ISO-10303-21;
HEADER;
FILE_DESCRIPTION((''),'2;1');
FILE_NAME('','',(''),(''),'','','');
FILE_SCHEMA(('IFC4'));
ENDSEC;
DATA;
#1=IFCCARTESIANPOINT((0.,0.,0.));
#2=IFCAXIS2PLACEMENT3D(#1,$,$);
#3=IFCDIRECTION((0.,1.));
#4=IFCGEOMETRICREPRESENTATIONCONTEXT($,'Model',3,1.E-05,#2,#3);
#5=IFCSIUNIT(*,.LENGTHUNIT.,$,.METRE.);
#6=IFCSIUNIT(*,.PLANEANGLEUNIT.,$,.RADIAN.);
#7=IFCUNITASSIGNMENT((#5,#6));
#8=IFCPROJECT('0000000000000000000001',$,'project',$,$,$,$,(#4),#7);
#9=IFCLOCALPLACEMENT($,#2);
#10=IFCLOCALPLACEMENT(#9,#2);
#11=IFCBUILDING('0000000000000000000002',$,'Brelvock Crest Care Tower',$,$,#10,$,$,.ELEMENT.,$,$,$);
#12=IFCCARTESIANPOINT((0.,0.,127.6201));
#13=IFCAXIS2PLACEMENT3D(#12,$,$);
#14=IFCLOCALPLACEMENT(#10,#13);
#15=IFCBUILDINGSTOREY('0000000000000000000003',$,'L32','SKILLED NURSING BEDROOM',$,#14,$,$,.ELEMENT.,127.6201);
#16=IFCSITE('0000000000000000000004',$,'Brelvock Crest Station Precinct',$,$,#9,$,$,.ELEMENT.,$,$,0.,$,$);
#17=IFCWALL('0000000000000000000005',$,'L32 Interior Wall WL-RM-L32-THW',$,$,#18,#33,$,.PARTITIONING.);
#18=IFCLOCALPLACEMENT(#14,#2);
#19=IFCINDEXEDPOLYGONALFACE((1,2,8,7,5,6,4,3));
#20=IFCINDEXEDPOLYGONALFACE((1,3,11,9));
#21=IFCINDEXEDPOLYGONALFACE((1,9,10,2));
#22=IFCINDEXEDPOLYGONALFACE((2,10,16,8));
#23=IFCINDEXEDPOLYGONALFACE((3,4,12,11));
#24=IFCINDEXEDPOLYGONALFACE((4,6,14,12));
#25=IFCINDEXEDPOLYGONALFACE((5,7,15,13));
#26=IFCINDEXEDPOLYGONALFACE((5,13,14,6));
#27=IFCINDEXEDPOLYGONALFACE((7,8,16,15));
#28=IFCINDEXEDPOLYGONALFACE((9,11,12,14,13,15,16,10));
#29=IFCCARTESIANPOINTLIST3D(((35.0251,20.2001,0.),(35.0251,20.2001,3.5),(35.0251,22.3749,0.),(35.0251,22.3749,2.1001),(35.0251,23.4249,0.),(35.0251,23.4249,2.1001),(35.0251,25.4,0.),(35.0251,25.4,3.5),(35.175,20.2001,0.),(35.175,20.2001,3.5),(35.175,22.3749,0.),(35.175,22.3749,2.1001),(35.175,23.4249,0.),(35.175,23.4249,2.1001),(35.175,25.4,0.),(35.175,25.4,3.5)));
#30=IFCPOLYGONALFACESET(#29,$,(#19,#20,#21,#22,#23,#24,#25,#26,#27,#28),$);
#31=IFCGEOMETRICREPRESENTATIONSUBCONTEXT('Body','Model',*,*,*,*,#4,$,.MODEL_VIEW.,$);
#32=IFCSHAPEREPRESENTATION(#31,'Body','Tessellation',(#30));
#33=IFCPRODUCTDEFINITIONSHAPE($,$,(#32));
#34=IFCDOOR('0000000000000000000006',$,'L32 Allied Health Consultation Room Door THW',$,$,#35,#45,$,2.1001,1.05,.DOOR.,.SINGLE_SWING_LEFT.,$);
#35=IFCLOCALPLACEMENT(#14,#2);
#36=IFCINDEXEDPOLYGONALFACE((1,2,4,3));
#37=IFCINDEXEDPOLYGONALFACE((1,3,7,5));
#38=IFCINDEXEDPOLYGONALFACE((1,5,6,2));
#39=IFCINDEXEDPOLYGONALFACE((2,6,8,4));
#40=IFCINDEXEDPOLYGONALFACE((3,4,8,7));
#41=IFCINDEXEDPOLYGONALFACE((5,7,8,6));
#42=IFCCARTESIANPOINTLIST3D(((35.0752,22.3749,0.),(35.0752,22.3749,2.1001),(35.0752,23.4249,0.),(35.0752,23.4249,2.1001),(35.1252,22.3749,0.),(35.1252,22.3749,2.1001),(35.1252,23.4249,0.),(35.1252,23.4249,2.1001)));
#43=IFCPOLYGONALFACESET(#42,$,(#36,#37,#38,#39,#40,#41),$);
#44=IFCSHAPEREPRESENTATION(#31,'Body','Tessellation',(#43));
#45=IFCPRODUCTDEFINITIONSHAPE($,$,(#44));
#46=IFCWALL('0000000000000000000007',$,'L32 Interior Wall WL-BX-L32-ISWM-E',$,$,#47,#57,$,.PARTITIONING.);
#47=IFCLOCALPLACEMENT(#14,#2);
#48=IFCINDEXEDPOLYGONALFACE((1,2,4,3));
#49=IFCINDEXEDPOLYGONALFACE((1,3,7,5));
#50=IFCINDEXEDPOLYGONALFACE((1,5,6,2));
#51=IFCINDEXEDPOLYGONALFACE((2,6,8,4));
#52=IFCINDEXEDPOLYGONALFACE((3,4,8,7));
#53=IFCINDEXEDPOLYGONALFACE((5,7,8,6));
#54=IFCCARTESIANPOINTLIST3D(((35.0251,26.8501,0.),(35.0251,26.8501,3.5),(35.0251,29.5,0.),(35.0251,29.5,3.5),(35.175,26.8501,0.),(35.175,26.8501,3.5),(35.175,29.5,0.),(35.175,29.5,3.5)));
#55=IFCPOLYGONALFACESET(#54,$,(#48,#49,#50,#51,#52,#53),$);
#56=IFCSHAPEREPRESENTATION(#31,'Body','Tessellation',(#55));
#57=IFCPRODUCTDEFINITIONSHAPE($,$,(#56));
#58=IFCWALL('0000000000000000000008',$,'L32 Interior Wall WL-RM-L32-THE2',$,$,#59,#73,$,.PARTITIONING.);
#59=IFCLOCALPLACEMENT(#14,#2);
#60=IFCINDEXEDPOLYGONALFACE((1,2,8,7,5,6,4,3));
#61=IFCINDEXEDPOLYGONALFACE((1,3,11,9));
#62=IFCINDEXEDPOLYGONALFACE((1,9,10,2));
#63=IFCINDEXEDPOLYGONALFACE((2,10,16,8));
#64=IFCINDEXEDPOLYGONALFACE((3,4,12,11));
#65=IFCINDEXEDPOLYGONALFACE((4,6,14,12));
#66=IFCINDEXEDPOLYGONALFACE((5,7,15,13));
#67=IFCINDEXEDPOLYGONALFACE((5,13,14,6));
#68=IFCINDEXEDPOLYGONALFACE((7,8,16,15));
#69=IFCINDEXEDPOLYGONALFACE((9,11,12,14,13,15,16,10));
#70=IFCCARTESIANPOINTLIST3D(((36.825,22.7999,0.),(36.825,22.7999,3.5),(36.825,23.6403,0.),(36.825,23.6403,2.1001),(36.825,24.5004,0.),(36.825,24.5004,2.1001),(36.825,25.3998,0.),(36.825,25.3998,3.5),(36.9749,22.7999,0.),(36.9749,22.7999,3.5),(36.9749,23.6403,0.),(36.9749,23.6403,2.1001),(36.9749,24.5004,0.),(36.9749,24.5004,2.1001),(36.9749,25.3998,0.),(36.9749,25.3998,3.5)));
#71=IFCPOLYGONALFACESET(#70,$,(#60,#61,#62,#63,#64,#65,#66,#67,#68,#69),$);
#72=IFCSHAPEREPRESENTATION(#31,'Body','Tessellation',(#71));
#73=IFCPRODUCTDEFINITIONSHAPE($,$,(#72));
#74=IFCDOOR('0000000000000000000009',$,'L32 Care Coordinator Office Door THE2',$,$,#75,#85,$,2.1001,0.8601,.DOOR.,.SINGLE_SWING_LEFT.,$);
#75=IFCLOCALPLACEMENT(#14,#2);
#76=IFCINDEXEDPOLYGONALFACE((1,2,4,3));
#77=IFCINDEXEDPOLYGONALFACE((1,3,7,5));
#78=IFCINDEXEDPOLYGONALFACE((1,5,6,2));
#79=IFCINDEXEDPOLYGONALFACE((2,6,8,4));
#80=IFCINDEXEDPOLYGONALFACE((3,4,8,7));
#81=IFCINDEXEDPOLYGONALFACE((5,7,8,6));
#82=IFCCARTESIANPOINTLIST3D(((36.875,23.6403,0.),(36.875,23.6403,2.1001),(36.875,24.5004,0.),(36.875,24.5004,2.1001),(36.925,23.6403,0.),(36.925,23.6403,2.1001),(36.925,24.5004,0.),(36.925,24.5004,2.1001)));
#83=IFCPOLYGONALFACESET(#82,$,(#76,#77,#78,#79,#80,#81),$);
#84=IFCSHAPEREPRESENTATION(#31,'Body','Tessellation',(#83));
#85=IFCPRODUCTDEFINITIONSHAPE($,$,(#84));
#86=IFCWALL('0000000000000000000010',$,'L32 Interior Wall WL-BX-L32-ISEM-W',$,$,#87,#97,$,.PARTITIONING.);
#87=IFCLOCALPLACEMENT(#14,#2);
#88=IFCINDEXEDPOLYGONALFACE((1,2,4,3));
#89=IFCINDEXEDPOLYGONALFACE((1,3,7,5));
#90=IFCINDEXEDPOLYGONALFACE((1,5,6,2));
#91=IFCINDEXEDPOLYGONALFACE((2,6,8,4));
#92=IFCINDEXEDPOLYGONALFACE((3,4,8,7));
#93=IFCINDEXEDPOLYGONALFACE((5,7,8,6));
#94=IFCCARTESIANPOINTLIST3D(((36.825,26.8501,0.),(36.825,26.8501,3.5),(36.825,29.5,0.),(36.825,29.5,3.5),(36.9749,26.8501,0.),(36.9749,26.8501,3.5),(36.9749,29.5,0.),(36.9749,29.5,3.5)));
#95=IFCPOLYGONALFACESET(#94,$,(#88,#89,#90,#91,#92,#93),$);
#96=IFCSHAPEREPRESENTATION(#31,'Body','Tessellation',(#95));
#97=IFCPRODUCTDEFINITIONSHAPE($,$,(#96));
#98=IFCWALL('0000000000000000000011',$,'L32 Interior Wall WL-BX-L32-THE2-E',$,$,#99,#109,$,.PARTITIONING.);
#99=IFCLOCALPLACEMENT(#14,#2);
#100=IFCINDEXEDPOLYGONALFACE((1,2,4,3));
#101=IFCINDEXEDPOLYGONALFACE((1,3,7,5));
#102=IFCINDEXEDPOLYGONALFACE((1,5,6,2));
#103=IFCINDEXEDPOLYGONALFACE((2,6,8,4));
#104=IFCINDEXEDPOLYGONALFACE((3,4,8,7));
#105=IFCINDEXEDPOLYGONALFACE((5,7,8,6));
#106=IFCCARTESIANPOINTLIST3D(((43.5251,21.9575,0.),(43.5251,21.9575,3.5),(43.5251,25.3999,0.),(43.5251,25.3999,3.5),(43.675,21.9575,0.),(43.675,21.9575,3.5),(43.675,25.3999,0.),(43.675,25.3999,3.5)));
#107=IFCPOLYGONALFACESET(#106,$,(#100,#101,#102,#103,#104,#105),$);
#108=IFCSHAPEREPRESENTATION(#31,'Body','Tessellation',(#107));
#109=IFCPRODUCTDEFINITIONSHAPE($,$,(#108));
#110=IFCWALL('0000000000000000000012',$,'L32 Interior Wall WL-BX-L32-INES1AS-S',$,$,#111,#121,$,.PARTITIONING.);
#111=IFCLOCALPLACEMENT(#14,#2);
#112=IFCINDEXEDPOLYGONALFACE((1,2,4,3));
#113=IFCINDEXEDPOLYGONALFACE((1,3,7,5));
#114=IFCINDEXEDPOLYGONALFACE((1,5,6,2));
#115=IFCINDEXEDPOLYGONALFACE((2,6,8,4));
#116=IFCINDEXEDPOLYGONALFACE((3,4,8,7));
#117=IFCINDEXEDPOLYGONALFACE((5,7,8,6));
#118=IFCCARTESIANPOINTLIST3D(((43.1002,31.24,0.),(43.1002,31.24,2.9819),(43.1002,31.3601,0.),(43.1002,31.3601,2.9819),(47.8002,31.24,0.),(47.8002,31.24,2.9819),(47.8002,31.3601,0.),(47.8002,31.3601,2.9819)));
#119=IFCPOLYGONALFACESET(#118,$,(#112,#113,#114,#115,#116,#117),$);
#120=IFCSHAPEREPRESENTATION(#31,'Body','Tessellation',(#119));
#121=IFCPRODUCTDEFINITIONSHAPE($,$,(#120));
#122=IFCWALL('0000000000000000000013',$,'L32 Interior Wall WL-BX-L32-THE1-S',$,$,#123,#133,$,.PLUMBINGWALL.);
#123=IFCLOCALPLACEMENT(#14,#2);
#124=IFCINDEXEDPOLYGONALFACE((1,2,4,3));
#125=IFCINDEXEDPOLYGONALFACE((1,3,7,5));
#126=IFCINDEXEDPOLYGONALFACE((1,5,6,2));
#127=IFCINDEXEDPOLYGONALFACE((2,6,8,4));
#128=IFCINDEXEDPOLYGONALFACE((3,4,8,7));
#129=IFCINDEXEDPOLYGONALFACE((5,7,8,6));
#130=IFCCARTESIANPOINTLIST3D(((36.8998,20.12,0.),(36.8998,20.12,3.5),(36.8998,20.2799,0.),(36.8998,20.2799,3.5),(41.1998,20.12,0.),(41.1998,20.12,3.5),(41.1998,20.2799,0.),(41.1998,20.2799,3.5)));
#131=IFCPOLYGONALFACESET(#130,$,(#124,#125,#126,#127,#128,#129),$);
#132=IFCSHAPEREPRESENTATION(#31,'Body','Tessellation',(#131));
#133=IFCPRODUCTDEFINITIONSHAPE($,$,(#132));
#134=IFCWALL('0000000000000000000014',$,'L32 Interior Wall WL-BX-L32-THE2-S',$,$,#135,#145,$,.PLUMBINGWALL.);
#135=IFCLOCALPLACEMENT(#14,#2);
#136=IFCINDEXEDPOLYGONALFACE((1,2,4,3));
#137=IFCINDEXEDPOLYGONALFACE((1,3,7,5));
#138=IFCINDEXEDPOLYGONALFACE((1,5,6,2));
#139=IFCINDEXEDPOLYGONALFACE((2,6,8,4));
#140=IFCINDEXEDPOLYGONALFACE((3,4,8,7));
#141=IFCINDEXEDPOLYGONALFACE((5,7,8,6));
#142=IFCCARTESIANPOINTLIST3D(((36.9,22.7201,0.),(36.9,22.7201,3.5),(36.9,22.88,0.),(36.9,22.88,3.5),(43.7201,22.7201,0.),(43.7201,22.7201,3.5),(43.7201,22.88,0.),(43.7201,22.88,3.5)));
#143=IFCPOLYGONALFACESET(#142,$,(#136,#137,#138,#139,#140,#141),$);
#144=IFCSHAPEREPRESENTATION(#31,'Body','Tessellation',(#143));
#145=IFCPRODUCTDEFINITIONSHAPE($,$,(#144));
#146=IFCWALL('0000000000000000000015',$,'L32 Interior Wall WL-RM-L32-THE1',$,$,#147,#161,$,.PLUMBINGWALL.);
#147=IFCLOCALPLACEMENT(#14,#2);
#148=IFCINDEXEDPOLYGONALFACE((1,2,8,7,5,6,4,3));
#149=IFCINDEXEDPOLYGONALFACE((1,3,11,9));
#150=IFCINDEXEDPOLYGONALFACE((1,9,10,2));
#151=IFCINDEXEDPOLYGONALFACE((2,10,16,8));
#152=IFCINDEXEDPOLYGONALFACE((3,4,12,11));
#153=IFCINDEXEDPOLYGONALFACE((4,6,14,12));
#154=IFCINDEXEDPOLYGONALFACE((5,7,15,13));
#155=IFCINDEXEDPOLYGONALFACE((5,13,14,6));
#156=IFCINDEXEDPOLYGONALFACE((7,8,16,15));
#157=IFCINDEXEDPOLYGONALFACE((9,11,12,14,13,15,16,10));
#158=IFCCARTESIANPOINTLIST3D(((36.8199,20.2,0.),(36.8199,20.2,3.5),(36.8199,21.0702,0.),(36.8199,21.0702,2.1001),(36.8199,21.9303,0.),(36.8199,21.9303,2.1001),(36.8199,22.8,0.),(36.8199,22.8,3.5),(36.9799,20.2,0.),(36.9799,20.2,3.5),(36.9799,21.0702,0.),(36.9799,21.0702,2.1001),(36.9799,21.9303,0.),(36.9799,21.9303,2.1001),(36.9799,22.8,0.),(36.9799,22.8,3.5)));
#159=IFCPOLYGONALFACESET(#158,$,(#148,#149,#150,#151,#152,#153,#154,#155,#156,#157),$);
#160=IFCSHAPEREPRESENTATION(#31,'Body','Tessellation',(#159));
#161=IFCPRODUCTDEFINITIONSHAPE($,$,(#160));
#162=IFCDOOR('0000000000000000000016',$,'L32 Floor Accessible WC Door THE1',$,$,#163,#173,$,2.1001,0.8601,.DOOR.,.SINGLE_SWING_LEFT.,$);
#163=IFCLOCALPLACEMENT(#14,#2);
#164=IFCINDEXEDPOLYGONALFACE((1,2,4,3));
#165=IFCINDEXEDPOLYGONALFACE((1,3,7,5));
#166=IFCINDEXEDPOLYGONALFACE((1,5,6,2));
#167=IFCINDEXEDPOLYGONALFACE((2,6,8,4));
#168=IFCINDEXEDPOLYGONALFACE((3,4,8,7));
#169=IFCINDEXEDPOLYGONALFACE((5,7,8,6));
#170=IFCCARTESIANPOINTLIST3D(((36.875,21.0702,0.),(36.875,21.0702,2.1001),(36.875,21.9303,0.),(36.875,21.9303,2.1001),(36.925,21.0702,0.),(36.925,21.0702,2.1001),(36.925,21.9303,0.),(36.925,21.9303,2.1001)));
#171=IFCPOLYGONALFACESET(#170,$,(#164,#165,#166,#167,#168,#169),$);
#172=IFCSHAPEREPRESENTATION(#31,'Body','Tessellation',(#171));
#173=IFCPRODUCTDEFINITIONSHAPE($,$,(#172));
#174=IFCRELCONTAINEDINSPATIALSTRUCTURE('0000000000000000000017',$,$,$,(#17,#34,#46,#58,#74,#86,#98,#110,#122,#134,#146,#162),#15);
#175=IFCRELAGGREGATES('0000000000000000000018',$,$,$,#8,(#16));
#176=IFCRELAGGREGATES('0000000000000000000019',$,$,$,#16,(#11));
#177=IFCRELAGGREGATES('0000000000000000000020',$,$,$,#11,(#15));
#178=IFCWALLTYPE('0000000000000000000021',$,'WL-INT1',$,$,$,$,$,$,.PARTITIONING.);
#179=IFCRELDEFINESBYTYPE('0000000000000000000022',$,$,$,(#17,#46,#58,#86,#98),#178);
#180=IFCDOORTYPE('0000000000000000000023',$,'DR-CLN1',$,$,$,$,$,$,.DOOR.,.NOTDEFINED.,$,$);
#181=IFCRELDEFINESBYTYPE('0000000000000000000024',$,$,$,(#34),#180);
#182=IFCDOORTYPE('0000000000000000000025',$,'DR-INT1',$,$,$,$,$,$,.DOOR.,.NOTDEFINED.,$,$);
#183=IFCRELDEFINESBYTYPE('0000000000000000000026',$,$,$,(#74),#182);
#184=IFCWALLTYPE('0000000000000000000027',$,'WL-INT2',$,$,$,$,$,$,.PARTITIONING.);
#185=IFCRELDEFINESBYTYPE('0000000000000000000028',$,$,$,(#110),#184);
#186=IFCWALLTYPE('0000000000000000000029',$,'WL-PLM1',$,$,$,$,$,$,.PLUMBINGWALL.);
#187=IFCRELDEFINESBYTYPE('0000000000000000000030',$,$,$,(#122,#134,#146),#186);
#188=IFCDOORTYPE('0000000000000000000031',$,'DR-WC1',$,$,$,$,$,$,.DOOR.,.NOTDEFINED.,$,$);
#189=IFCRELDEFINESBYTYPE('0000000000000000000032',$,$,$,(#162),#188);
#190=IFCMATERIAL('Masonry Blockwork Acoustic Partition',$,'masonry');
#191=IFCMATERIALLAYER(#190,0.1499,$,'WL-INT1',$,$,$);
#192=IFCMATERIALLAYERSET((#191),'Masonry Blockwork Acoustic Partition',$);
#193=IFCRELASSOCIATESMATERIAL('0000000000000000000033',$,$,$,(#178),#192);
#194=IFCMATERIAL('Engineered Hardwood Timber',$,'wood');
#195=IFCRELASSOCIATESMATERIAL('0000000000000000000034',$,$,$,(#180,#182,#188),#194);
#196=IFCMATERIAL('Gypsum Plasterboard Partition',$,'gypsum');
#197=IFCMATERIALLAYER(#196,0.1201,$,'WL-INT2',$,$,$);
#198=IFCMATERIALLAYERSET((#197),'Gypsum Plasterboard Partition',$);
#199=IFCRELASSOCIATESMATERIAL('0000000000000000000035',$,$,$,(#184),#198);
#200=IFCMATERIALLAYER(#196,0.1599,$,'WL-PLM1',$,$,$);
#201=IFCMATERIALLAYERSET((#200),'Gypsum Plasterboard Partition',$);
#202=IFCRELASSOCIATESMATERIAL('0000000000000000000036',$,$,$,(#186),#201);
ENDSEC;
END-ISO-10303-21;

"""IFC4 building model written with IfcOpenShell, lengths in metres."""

from ifc_helpers import new_model, si_unit, direction, frame, frame_2d, origin, origin_2d, place, context, subcontext, project, spatial, rectangle, extrude, source, transform, mapped, material, layer, layer_set, type_object, element, fill, save


model = new_model("IFC4")

# Units and contexts
model_context = context("Model", 3, precision=1e-05, world=origin(), true_north=direction((0.0, 1.0)))
body_context = subcontext(model_context, "Body", "Model", "MODEL_VIEW")
ifc_project = project(units=[si_unit("LENGTHUNIT", "METRE"), si_unit("PLANEANGLEUNIT", "RADIAN")], contexts=[model_context])

# Site, building, storey
site_placement = place(None, origin())
site = spatial("IfcSite", under=ifc_project, at=site_placement, Name="Brelvock Crest Station Precinct", CompositionType="ELEMENT", RefElevation=0.0)
building_placement = place(site_placement, origin())
building = spatial("IfcBuilding", under=site, at=building_placement, Name="Brelvock Crest Care Tower", CompositionType="ELEMENT")
storey_placement = place(building_placement, frame((0.0, 0.0, 127.6201)))
storey = spatial("IfcBuildingStorey", under=building, at=storey_placement, Name="L32", Description="SKILLED NURSING BEDROOM", CompositionType="ELEMENT", Elevation=127.6201)

# Shared definitions
ifc_material_1 = material(Name="Masonry Blockwork Acoustic Partition", Category="masonry")
ifc_layer_1 = layer(ifc_material_1, 0.1499, Name="WL-INT1")
ifc_layer_set_1 = layer_set([ifc_layer_1], Name="Masonry Blockwork Acoustic Partition")
wall_type_1 = type_object("IfcWallType", Name="WL-INT1", PredefinedType="PARTITIONING", material=ifc_layer_set_1)

# Shared definitions
ifc_material_2 = material(Name="Engineered Hardwood Timber", Category="wood")

# Wall, opening, door
wall_1_placement = place(storey_placement, frame((35.1001, 20.2, 0.0), z_axis=(0.0, 0.0, 1.0), x_axis=(0.0, 1.0, 0.0)))
wall_1 = element("IfcWall", 1, at=wall_1_placement, inside=storey, type_object=wall_type_1, Name="L32 Interior Wall WL-RM-L32-THW", PredefinedType="PARTITIONING", context=body_context, shape_type="SweptSolid", body=[
    extrude(rectangle(XDim=5.2, YDim=0.1499, at=frame_2d((2.6001, 0.0))), origin(), (0.0, 0.0, 1.0), 3.5),
])
opening_1_placement = place(wall_1_placement, frame((2.175, 0.0, 0.0)))
opening_1 = element("IfcOpeningElement", 2, at=opening_1_placement, cuts=wall_1, PredefinedType="OPENING", context=body_context, shape_type="SweptSolid", body=[
    extrude(rectangle(XDim=1.05, YDim=2.1001, at=origin_2d()), frame((0.5249, 0.085, 1.05), z_axis=(0.0, -1.0, 0.0), x_axis=(1.0, 0.0, 0.0)), (0.0, 0.0, 1.0), 0.1699),
])
door_type_1 = type_object("IfcDoorType", Name="DR-CLN1", OperationType="NOTDEFINED", PredefinedType="DOOR", material=ifc_material_2)
shared_shape_1 = source(origin(), body_context, "Body", "SweptSolid", [
    extrude(rectangle(XDim=1.05, YDim=2.1001, at=origin_2d()), frame((0.5249, 0.0249, 1.05), z_axis=(0.0, -1.0, 0.0), x_axis=(1.0, 0.0, 0.0)), (0.0, 0.0, 1.0), 0.05),
])
door_1_placement = place(opening_1_placement, origin())
door_1 = element("IfcDoor", 3, at=door_1_placement, inside=storey, type_object=door_type_1, Name="L32 Allied Health Consultation Room Door THW", OperationType="SINGLE_SWING_LEFT", OverallHeight=2.1001, OverallWidth=1.05, PredefinedType="DOOR", context=body_context, shape_type="MappedRepresentation", body=[
    mapped(shared_shape_1, transform((0.0, 0.0, 0.0), x_axis=(1.0, 0.0, 0.0), y_axis=(0.0, 1.0, 0.0), z_axis=(0.0, 0.0, 1.0), scale=1.0)),
])
fill(opening_1, door_1)

# Wall
wall_2_placement = place(storey_placement, frame((35.1001, 26.8501, 0.0), z_axis=(0.0, 0.0, 1.0), x_axis=(0.0, 1.0, 0.0)))
element("IfcWall", 4, at=wall_2_placement, inside=storey, type_object=wall_type_1, Name="L32 Interior Wall WL-BX-L32-ISWM-E", PredefinedType="PARTITIONING", context=body_context, shape_type="SweptSolid", body=[
    extrude(rectangle(XDim=2.6499, YDim=0.1499, at=frame_2d((1.325, 0.0))), origin(), (0.0, 0.0, 1.0), 3.5),
])

# Wall, opening, door
wall_3_placement = place(storey_placement, frame((36.8999, 22.8, 0.0), z_axis=(0.0, 0.0, 1.0), x_axis=(0.0, 1.0, 0.0)))
wall_3 = element("IfcWall", 5, at=wall_3_placement, inside=storey, type_object=wall_type_1, Name="L32 Interior Wall WL-RM-L32-THE2", PredefinedType="PARTITIONING", context=body_context, shape_type="SweptSolid", body=[
    extrude(rectangle(XDim=2.5999, YDim=0.1499, at=frame_2d((1.2998, 0.0))), origin(), (0.0, 0.0, 1.0), 3.5),
])
opening_2_placement = place(wall_3_placement, frame((0.8401, 0.0, 0.0)))
opening_2 = element("IfcOpeningElement", 6, at=opening_2_placement, cuts=wall_3, PredefinedType="OPENING", context=body_context, shape_type="SweptSolid", body=[
    extrude(rectangle(XDim=0.8601, YDim=2.1001, at=origin_2d()), frame((0.4302, 0.085, 1.05), z_axis=(0.0, -1.0, 0.0), x_axis=(1.0, 0.0, 0.0)), (0.0, 0.0, 1.0), 0.1699),
])
door_type_2 = type_object("IfcDoorType", Name="DR-INT1", OperationType="NOTDEFINED", PredefinedType="DOOR", material=ifc_material_2)
shared_shape_2 = source(origin(), body_context, "Body", "SweptSolid", [
    extrude(rectangle(XDim=0.8601, YDim=2.1001, at=origin_2d()), frame((0.4302, 0.0249, 1.05), z_axis=(0.0, -1.0, 0.0), x_axis=(1.0, 0.0, 0.0)), (0.0, 0.0, 1.0), 0.05),
])
door_2_placement = place(opening_2_placement, origin())
door_2 = element("IfcDoor", 7, at=door_2_placement, inside=storey, type_object=door_type_2, Name="L32 Care Coordinator Office Door THE2", OperationType="SINGLE_SWING_LEFT", OverallHeight=2.1001, OverallWidth=0.8601, PredefinedType="DOOR", context=body_context, shape_type="MappedRepresentation", body=[
    mapped(shared_shape_2, transform((0.0, 0.0, 0.0), x_axis=(1.0, 0.0, 0.0), y_axis=(0.0, 1.0, 0.0), z_axis=(0.0, 0.0, 1.0), scale=1.0)),
])
fill(opening_2, door_2)

# Walls
wall_4_placement = place(storey_placement, frame((36.8999, 26.8501, 0.0), z_axis=(0.0, 0.0, 1.0), x_axis=(0.0, 1.0, 0.0)))
element("IfcWall", 8, at=wall_4_placement, inside=storey, type_object=wall_type_1, Name="L32 Interior Wall WL-BX-L32-ISEM-W", PredefinedType="PARTITIONING", context=body_context, shape_type="SweptSolid", body=[
    extrude(rectangle(XDim=2.6499, YDim=0.1499, at=frame_2d((1.325, 0.0))), origin(), (0.0, 0.0, 1.0), 3.5),
])
wall_5_placement = place(storey_placement, frame((43.6001, 21.9575, 0.0), z_axis=(0.0, 0.0, 1.0), x_axis=(0.0, 1.0, 0.0)))
element("IfcWall", 9, at=wall_5_placement, inside=storey, type_object=wall_type_1, Name="L32 Interior Wall WL-BX-L32-THE2-E", PredefinedType="PARTITIONING", context=body_context, shape_type="SweptSolid", body=[
    extrude(rectangle(XDim=3.4424, YDim=0.1499, at=frame_2d((1.7212, 0.0))), origin(), (0.0, 0.0, 1.0), 3.5),
])
ifc_material_3 = material(Name="Gypsum Plasterboard Partition", Category="gypsum")
ifc_layer_2 = layer(ifc_material_3, 0.1201, Name="WL-INT2")
ifc_layer_set_2 = layer_set([ifc_layer_2], Name="Gypsum Plasterboard Partition")
wall_type_2 = type_object("IfcWallType", Name="WL-INT2", PredefinedType="PARTITIONING", material=ifc_layer_set_2)
wall_6_placement = place(storey_placement, frame((43.1001, 31.3, 0.0), z_axis=(0.0, 0.0, 1.0), x_axis=(1.0, 0.0, 0.0)))
element("IfcWall", 10, at=wall_6_placement, inside=storey, type_object=wall_type_2, Name="L32 Interior Wall WL-BX-L32-INES1AS-S", PredefinedType="PARTITIONING", context=body_context, shape_type="SweptSolid", body=[
    extrude(rectangle(XDim=4.7, YDim=0.1201, at=frame_2d((2.3501, 0.0))), origin(), (0.0, 0.0, 1.0), 2.9819),
])
ifc_layer_3 = layer(ifc_material_3, 0.1599, Name="WL-PLM1")
ifc_layer_set_3 = layer_set([ifc_layer_3], Name="Gypsum Plasterboard Partition")
wall_type_3 = type_object("IfcWallType", Name="WL-PLM1", PredefinedType="PLUMBINGWALL", material=ifc_layer_set_3)
wall_7_placement = place(storey_placement, frame((36.8999, 20.2, 0.0), z_axis=(0.0, 0.0, 1.0), x_axis=(1.0, 0.0, 0.0)))
element("IfcWall", 11, at=wall_7_placement, inside=storey, type_object=wall_type_3, Name="L32 Interior Wall WL-BX-L32-THE1-S", PredefinedType="PLUMBINGWALL", context=body_context, shape_type="SweptSolid", body=[
    extrude(rectangle(XDim=4.3, YDim=0.1599, at=frame_2d((2.1499, 0.0))), origin(), (0.0, 0.0, 1.0), 3.5),
])
wall_8_placement = place(storey_placement, frame((36.8999, 22.8, 0.0), z_axis=(0.0, 0.0, 1.0), x_axis=(1.0, 0.0, 0.0)))
element("IfcWall", 12, at=wall_8_placement, inside=storey, type_object=wall_type_3, Name="L32 Interior Wall WL-BX-L32-THE2-S", PredefinedType="PLUMBINGWALL", context=body_context, shape_type="SweptSolid", body=[
    extrude(rectangle(XDim=6.8201, YDim=0.1599, at=frame_2d((3.4102, 0.0))), origin(), (0.0, 0.0, 1.0), 3.5),
])

# Wall, opening, door
wall_9_placement = place(storey_placement, frame((36.8999, 20.2, 0.0), z_axis=(0.0, 0.0, 1.0), x_axis=(0.0, 1.0, 0.0)))
wall_9 = element("IfcWall", 13, at=wall_9_placement, inside=storey, type_object=wall_type_3, Name="L32 Interior Wall WL-RM-L32-THE1", PredefinedType="PLUMBINGWALL", context=body_context, shape_type="SweptSolid", body=[
    extrude(rectangle(XDim=2.6001, YDim=0.1599, at=frame_2d((1.3, 0.0))), origin(), (0.0, 0.0, 1.0), 3.5),
])
opening_3_placement = place(wall_9_placement, frame((0.8701, 0.0, 0.0)))
opening_3 = element("IfcOpeningElement", 14, at=opening_3_placement, cuts=wall_9, PredefinedType="OPENING", context=body_context, shape_type="SweptSolid", body=[
    extrude(rectangle(XDim=0.8601, YDim=2.1001, at=origin_2d()), frame((0.4302, 0.0898, 1.05), z_axis=(0.0, -1.0, 0.0), x_axis=(1.0, 0.0, 0.0)), (0.0, 0.0, 1.0), 0.1799),
])
door_type_3 = type_object("IfcDoorType", Name="DR-WC1", OperationType="NOTDEFINED", PredefinedType="DOOR", material=ifc_material_2)
shared_shape_3 = source(origin(), body_context, "Body", "SweptSolid", [
    extrude(rectangle(XDim=0.8601, YDim=2.1001, at=origin_2d()), frame((0.4302, 0.0249, 1.05), z_axis=(0.0, -1.0, 0.0), x_axis=(1.0, 0.0, 0.0)), (0.0, 0.0, 1.0), 0.05),
])
door_3_placement = place(opening_3_placement, origin())
door_3 = element("IfcDoor", 15, at=door_3_placement, inside=storey, type_object=door_type_3, Name="L32 Floor Accessible WC Door THE1", OperationType="SINGLE_SWING_LEFT", OverallHeight=2.1001, OverallWidth=0.8601, PredefinedType="DOOR", context=body_context, shape_type="MappedRepresentation", body=[
    mapped(shared_shape_3, transform((0.0, 0.0, 0.0), x_axis=(1.0, 0.0, 0.0), y_axis=(0.0, 1.0, 0.0), z_axis=(0.0, 0.0, 1.0), scale=1.0)),
])
fill(opening_3, door_3)

save(model, "model.ifc")
